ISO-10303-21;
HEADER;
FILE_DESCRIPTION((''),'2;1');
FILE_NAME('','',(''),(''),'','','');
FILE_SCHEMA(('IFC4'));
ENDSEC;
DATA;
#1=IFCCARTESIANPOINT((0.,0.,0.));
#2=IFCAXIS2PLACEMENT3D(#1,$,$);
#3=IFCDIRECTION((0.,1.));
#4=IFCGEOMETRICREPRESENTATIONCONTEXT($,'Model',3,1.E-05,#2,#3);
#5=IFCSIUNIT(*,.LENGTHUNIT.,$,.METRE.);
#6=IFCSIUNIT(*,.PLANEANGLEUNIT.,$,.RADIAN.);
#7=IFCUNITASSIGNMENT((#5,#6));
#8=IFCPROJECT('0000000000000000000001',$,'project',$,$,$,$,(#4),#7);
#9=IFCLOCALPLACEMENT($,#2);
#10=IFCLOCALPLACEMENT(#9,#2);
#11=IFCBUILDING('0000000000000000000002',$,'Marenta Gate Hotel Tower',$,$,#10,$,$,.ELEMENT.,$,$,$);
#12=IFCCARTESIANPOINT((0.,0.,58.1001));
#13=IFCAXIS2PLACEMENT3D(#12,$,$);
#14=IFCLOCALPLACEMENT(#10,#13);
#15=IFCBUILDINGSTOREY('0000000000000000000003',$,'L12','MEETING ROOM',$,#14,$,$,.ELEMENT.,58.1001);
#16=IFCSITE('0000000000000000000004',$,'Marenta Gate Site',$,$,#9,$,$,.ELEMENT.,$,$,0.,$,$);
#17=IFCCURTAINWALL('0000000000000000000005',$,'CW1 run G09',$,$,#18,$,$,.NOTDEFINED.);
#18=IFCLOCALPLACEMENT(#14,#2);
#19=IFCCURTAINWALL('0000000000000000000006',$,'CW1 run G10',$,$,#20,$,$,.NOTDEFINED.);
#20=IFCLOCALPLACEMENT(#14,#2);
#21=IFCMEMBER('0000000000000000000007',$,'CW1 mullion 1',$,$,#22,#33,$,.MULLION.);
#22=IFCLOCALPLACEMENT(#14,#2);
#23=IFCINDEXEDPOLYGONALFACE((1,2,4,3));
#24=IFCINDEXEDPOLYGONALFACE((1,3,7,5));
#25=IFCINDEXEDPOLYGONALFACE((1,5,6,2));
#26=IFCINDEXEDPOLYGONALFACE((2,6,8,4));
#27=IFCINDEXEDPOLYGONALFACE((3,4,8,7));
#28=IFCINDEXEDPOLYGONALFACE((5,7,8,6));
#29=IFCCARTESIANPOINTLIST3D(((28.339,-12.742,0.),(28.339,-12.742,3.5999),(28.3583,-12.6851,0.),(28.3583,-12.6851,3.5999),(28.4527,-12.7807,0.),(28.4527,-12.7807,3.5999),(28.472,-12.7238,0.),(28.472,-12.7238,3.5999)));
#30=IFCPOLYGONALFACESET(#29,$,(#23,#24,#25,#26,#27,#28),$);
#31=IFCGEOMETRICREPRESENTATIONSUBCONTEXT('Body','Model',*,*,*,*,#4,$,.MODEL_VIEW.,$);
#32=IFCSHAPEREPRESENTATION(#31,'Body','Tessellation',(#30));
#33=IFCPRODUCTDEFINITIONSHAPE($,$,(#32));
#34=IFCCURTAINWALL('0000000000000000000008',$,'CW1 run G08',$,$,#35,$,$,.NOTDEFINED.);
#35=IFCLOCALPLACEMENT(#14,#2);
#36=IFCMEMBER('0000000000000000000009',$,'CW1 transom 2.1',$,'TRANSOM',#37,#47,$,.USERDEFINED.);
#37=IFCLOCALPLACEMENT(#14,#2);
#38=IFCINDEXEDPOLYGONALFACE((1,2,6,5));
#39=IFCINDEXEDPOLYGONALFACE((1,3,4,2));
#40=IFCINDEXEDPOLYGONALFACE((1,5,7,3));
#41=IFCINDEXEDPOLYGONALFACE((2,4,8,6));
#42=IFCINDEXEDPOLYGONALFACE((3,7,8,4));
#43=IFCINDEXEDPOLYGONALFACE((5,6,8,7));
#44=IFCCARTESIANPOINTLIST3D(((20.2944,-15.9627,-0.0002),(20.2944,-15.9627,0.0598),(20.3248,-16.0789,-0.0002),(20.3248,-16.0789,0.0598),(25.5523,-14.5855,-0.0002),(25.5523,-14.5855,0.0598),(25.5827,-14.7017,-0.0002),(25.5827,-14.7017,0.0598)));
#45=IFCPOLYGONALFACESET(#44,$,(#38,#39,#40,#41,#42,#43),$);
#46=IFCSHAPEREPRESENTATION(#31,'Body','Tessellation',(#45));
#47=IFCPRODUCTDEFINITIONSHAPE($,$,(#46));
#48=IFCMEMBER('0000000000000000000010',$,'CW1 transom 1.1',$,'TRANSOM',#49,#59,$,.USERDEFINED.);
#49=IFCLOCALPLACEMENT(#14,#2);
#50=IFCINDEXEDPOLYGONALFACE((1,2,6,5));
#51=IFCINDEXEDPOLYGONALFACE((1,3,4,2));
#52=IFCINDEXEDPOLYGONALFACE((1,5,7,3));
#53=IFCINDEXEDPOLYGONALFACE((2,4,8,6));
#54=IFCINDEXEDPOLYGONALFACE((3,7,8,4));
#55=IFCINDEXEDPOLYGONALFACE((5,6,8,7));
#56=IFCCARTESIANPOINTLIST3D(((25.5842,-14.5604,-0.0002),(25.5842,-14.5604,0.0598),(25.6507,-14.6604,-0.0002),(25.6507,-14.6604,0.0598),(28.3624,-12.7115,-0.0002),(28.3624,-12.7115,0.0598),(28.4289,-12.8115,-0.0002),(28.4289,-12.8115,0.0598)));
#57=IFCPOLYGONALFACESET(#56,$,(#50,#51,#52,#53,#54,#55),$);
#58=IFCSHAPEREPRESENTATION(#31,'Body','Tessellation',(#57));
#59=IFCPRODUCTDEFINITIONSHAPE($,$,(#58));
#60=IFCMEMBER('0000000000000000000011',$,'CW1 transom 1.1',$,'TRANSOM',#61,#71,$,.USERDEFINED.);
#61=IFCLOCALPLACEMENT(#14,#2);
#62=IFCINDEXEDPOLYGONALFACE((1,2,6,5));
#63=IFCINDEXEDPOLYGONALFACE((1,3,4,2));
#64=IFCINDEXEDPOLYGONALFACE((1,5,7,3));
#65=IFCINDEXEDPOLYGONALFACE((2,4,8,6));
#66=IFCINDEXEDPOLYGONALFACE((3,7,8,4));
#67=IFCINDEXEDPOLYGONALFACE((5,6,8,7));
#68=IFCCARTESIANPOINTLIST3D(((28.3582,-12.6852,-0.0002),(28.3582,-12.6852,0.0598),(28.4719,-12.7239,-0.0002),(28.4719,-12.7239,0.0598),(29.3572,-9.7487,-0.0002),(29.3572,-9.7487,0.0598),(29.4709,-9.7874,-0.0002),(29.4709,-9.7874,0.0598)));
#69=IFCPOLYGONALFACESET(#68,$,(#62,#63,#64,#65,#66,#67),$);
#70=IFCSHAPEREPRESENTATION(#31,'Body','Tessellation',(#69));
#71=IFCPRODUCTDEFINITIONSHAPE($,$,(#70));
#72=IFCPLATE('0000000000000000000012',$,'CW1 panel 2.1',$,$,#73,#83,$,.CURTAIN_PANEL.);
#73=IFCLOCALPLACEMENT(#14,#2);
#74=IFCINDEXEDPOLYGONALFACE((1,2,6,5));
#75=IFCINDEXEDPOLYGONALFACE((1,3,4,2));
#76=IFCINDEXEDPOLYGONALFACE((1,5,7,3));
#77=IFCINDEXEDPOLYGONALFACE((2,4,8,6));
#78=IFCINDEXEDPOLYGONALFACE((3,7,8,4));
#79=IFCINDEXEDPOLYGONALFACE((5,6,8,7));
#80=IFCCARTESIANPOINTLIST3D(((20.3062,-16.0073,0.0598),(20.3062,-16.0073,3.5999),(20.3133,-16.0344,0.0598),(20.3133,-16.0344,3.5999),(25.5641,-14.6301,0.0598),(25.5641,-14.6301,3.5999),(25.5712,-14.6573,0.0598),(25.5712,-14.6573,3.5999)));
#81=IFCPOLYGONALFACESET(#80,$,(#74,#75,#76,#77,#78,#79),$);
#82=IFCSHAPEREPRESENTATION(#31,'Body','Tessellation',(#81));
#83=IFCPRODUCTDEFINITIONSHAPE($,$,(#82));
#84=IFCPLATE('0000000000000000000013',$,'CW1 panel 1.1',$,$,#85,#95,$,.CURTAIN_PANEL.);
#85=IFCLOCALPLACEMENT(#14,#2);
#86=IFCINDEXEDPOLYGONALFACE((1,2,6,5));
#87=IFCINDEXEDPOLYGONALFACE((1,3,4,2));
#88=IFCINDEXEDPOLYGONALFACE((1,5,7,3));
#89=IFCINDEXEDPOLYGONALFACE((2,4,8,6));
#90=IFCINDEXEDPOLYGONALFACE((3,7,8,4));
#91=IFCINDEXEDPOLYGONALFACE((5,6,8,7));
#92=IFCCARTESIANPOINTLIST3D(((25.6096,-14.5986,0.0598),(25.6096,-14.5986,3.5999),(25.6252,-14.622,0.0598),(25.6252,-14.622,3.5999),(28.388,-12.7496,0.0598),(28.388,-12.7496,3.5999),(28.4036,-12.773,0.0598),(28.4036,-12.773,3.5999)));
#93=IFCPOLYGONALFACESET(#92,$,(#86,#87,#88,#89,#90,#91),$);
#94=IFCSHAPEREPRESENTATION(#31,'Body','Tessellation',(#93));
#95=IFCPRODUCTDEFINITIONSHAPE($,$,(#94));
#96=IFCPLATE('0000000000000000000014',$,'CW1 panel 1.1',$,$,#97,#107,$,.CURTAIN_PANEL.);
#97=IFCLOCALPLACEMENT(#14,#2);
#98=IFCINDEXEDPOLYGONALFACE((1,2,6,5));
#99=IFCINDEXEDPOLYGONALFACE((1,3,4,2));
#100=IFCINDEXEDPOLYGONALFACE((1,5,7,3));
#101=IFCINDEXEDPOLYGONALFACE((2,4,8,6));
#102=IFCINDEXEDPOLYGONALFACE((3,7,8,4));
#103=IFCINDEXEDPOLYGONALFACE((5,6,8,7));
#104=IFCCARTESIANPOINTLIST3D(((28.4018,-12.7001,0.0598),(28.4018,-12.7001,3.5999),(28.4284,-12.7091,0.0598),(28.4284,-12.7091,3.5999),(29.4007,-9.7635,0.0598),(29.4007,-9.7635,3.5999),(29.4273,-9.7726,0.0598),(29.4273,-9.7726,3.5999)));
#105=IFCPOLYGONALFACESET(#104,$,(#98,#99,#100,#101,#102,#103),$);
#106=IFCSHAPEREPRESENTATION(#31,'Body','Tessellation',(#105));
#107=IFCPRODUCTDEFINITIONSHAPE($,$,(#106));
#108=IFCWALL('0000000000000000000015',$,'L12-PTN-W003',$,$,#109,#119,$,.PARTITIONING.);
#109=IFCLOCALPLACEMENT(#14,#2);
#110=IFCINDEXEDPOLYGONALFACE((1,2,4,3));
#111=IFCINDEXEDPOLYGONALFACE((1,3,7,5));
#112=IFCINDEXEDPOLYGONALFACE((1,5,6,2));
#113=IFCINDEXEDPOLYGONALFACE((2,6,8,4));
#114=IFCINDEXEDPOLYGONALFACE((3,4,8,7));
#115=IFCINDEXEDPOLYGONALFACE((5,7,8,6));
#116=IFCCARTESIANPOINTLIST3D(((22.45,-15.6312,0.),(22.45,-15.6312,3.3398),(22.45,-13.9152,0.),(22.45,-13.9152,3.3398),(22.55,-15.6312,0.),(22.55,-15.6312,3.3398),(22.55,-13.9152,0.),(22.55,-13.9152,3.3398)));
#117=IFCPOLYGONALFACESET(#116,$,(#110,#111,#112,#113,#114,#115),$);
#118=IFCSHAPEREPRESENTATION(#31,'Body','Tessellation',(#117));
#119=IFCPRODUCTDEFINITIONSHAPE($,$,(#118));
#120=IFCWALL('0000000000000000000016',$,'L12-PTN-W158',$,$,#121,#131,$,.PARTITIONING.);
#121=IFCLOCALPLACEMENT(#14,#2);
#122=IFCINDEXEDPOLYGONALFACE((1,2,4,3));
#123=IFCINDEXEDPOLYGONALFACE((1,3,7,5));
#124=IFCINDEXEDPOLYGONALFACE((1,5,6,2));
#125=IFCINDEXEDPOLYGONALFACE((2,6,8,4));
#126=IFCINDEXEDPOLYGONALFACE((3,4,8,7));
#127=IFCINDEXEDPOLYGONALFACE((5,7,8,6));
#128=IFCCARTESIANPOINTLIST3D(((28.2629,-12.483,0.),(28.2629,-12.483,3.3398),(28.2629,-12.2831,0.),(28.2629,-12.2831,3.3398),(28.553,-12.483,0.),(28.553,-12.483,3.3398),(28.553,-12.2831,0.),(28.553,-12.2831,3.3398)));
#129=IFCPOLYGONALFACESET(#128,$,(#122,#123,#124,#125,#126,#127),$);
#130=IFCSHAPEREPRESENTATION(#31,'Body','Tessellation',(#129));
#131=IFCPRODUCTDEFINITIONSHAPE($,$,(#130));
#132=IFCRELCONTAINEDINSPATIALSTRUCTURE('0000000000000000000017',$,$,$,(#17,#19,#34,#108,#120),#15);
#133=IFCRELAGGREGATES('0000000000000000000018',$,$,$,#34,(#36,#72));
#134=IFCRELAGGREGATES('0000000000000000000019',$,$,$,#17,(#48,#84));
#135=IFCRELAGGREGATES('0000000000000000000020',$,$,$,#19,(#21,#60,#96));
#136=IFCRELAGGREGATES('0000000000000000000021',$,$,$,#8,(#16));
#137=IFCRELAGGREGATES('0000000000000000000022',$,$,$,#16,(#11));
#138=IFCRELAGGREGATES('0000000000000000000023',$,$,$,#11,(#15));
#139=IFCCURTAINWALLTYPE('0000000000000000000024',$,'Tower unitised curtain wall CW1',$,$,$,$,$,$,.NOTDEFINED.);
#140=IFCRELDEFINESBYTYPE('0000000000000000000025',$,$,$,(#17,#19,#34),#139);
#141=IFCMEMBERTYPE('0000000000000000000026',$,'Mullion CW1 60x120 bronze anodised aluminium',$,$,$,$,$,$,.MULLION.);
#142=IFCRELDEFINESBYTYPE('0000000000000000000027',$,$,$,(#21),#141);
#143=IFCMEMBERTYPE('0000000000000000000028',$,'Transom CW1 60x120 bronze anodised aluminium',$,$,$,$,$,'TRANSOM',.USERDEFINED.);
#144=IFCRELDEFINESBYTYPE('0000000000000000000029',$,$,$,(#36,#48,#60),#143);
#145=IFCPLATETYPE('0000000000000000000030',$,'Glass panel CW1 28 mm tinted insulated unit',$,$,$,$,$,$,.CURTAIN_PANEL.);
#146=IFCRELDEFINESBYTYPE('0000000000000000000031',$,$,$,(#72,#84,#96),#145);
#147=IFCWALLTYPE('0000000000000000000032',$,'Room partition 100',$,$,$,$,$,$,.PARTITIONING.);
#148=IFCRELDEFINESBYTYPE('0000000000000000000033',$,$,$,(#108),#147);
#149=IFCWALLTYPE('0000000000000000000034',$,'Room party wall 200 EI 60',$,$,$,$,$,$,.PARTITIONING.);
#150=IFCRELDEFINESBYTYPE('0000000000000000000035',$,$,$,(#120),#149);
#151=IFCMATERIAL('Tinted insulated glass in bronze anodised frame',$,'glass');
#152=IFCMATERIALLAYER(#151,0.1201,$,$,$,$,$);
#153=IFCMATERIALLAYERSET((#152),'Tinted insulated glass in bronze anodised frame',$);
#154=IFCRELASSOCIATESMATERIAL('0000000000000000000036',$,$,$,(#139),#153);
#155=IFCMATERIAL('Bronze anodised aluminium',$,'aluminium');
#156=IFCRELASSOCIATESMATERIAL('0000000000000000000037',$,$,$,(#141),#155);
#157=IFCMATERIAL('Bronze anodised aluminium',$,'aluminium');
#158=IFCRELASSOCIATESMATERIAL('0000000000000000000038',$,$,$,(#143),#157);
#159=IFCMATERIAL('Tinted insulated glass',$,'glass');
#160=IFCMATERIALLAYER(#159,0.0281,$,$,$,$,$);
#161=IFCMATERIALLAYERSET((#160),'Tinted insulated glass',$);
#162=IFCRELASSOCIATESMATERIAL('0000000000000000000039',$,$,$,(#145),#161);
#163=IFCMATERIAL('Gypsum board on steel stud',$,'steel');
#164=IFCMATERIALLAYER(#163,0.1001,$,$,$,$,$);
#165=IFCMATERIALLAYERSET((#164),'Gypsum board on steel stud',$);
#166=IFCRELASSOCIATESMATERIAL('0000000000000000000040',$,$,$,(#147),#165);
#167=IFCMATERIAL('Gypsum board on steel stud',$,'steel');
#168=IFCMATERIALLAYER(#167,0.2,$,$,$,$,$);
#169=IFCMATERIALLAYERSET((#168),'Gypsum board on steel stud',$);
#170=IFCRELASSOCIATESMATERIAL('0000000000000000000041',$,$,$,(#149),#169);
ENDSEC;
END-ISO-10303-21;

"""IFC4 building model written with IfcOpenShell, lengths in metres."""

from ifc_helpers import new_model, si_unit, direction, frame, frame_2d, origin, origin_2d, place, context, subcontext, project, spatial, rectangle, extrude, material, layer, layer_set, material_profile, profile_set, type_object, element, aggregate, save


model = new_model("IFC4")

# Units and contexts
model_context = context("Model", 3, precision=1e-05, world=origin(), true_north=direction((0.0, 1.0)))
body_context = subcontext(model_context, "Body", "Model", "MODEL_VIEW")
ifc_project = project(units=[si_unit("LENGTHUNIT", "METRE"), si_unit("PLANEANGLEUNIT", "RADIAN")], contexts=[model_context])

# Site, building, storey
site_placement = place(None, origin())
site = spatial("IfcSite", under=ifc_project, at=site_placement, Name="Marenta Gate Site", CompositionType="ELEMENT", RefElevation=0.0)
building_placement = place(site_placement, origin())
building = spatial("IfcBuilding", under=site, at=building_placement, Name="Marenta Gate Hotel Tower", CompositionType="ELEMENT")
storey_placement = place(building_placement, frame((0.0, 0.0, 58.1001)))
storey = spatial("IfcBuildingStorey", under=building, at=storey_placement, Name="L12", Description="MEETING ROOM", CompositionType="ELEMENT", Elevation=58.1001)

# Curtain walls, members
ifc_material_1 = material(Name="Tinted insulated glass in bronze anodised frame", Category="glass")
ifc_layer_1 = layer(ifc_material_1, 0.1201)
ifc_layer_set_1 = layer_set([ifc_layer_1], Name="Tinted insulated glass in bronze anodised frame")
curtain_wall_type = type_object("IfcCurtainWallType", Name="Tower unitised curtain wall CW1", PredefinedType="NOTDEFINED", material=ifc_layer_set_1)
curtain_wall_1_placement = place(storey_placement, origin())
curtain_wall_1 = element("IfcCurtainWall", 1, at=curtain_wall_1_placement, inside=storey, type_object=curtain_wall_type, Name="CW1 run G09", PredefinedType="NOTDEFINED")
ifc_material_2 = material(Name="Bronze anodised aluminium", Category="aluminium")
ifc_material_profile_1 = material_profile(ifc_material_2, rectangle(XDim=0.1201, YDim=0.0601, at=origin_2d()), Name="Mullion CW1 60x120 bronze anodised aluminium")
ifc_profile_set_1 = profile_set([ifc_material_profile_1], Name="Bronze anodised aluminium")
member_type_1 = type_object("IfcMemberType", Name="Mullion CW1 60x120 bronze anodised aluminium", PredefinedType="MULLION", material=ifc_profile_set_1)
curtain_wall_2_placement = place(storey_placement, origin())
curtain_wall_2 = element("IfcCurtainWall", 2, at=curtain_wall_2_placement, inside=storey, type_object=curtain_wall_type, Name="CW1 run G10", PredefinedType="NOTDEFINED")
member_1_placement = place(storey_placement, frame((28.4055, -12.7329, 0.0), z_axis=(0.0, 0.0, 1.0), x_axis=(-0.94673, 0.322029, 0.0)))
member_1 = element("IfcMember", 3, at=member_1_placement, type_object=member_type_1, Name="CW1 mullion 1", PredefinedType="MULLION", context=body_context, shape_type="SweptSolid", body=[
    extrude(rectangle(XDim=0.1201, YDim=0.0601, at=origin_2d()), origin(), (0.0, 0.0, 1.0), 3.5999),
])
curtain_wall_3_placement = place(storey_placement, origin())
curtain_wall_3 = element("IfcCurtainWall", 4, at=curtain_wall_3_placement, inside=storey, type_object=curtain_wall_type, Name="CW1 run G08", PredefinedType="NOTDEFINED")
ifc_material_3 = material(Name="Bronze anodised aluminium", Category="aluminium")
ifc_material_profile_2 = material_profile(ifc_material_3, rectangle(XDim=0.1201, YDim=0.0601, at=origin_2d()), Name="Transom CW1 60x120 bronze anodised aluminium")
ifc_profile_set_2 = profile_set([ifc_material_profile_2], Name="Bronze anodised aluminium")
member_type_2 = type_object("IfcMemberType", Name="Transom CW1 60x120 bronze anodised aluminium", ElementType="TRANSOM", PredefinedType="USERDEFINED", material=ifc_profile_set_2)
member_2_placement = place(storey_placement, frame((20.3096, -16.0208, 0.0298), z_axis=(0.967368, 0.253374, 0.0), x_axis=(-0.253374, 0.967368, 0.0)))
member_2 = element("IfcMember", 5, at=member_2_placement, type_object=member_type_2, Name="CW1 transom 2.1", ObjectType="TRANSOM", PredefinedType="USERDEFINED", context=body_context, shape_type="SweptSolid", body=[
    extrude(rectangle(XDim=0.1201, YDim=0.0601, at=origin_2d()), origin(), (0.0, 0.0, 1.0), 5.4353),
])

# Members
member_3_placement = place(storey_placement, frame((25.6174, -14.6104, 0.0298), z_axis=(0.832511, 0.554008, 0.0), x_axis=(-0.554008, 0.832511, 0.0)))
member_3 = element("IfcMember", 6, at=member_3_placement, type_object=member_type_2, Name="CW1 transom 1.1", ObjectType="TRANSOM", PredefinedType="USERDEFINED", context=body_context, shape_type="SweptSolid", body=[
    extrude(rectangle(XDim=0.1201, YDim=0.0601, at=origin_2d()), origin(), (0.0, 0.0, 1.0), 3.3372),
])
member_4_placement = place(storey_placement, frame((28.415, -12.7046, 0.0298), z_axis=(0.322078, 0.946713, 0.0), x_axis=(-0.946713, 0.322078, 0.0)))
member_4 = element("IfcMember", 7, at=member_4_placement, type_object=member_type_2, Name="CW1 transom 1.1", ObjectType="TRANSOM", PredefinedType="USERDEFINED", context=body_context, shape_type="SweptSolid", body=[
    extrude(rectangle(XDim=0.1201, YDim=0.0601, at=origin_2d()), origin(), (0.0, 0.0, 1.0), 3.1018),
])

# Plates
ifc_material_4 = material(Name="Tinted insulated glass", Category="glass")
ifc_layer_2 = layer(ifc_material_4, 0.0281)
ifc_layer_set_2 = layer_set([ifc_layer_2], Name="Tinted insulated glass")
plate_type = type_object("IfcPlateType", Name="Glass panel CW1 28 mm tinted insulated unit", PredefinedType="CURTAIN_PANEL", material=ifc_layer_set_2)
plate_1_placement = place(storey_placement, frame((22.9387, -15.3323, 0.0598), z_axis=(0.0, 0.0, 1.0), x_axis=(0.967369, 0.253372, 0.0)))
plate_1 = element("IfcPlate", 8, at=plate_1_placement, type_object=plate_type, Name="CW1 panel 2.1", PredefinedType="CURTAIN_PANEL", context=body_context, shape_type="SweptSolid", body=[
    extrude(rectangle(XDim=5.4353, YDim=0.0281, at=origin_2d()), origin(), (0.0, 0.0, 1.0), 3.54),
])
aggregate(curtain_wall_3, [member_2, plate_1])
plate_2_placement = place(storey_placement, frame((27.0066, -13.6858, 0.0598), z_axis=(0.0, 0.0, 1.0), x_axis=(0.832494, 0.554034, 0.0)))
plate_2 = element("IfcPlate", 9, at=plate_2_placement, type_object=plate_type, Name="CW1 panel 1.1", PredefinedType="CURTAIN_PANEL", context=body_context, shape_type="SweptSolid", body=[
    extrude(rectangle(XDim=3.3374, YDim=0.0281, at=origin_2d()), origin(), (0.0, 0.0, 1.0), 3.54),
])
aggregate(curtain_wall_1, [member_3, plate_2])
plate_3_placement = place(storey_placement, frame((28.9146, -11.2363, 0.0598), z_axis=(0.0, 0.0, 1.0), x_axis=(0.322029, 0.94673, 0.0)))
plate_3 = element("IfcPlate", 10, at=plate_3_placement, type_object=plate_type, Name="CW1 panel 1.1", PredefinedType="CURTAIN_PANEL", context=body_context, shape_type="SweptSolid", body=[
    extrude(rectangle(XDim=3.1018, YDim=0.0281, at=origin_2d()), origin(), (0.0, 0.0, 1.0), 3.54),
])
aggregate(curtain_wall_2, [member_1, member_4, plate_3])

# Walls
ifc_material_5 = material(Name="Gypsum board on steel stud", Category="steel")
ifc_layer_3 = layer(ifc_material_5, 0.1001)
ifc_layer_set_3 = layer_set([ifc_layer_3], Name="Gypsum board on steel stud")
wall_type_1 = type_object("IfcWallType", Name="Room partition 100", PredefinedType="PARTITIONING", material=ifc_layer_set_3)
wall_1_placement = place(storey_placement, frame((22.5, -15.6311, 0.0), z_axis=(0.0, 0.0, 1.0), x_axis=(0.0, 1.0, 0.0)))
element("IfcWall", 11, at=wall_1_placement, inside=storey, type_object=wall_type_1, Name="L12-PTN-W003", PredefinedType="PARTITIONING", context=body_context, shape_type="SweptSolid", body=[
    extrude(rectangle(XDim=1.7161, YDim=0.1001, at=frame_2d((0.8579, 0.0))), origin(), (0.0, 0.0, 1.0), 3.3398),
])
ifc_material_6 = material(Name="Gypsum board on steel stud", Category="steel")
ifc_layer_4 = layer(ifc_material_6, 0.2)
ifc_layer_set_4 = layer_set([ifc_layer_4], Name="Gypsum board on steel stud")
wall_type_2 = type_object("IfcWallType", Name="Room party wall 200 EI 60", PredefinedType="PARTITIONING", material=ifc_layer_set_4)
wall_2_placement = place(storey_placement, frame((28.2629, -12.3831, 0.0), z_axis=(0.0, 0.0, 1.0), x_axis=(1.0, 0.0, 0.0)))
element("IfcWall", 12, at=wall_2_placement, inside=storey, type_object=wall_type_2, Name="L12-PTN-W158", PredefinedType="PARTITIONING", context=body_context, shape_type="SweptSolid", body=[
    extrude(rectangle(XDim=0.29, YDim=0.2, at=frame_2d((0.145, 0.0))), origin(), (0.0, 0.0, 1.0), 3.3398),
])

save(model, "model.ifc")
